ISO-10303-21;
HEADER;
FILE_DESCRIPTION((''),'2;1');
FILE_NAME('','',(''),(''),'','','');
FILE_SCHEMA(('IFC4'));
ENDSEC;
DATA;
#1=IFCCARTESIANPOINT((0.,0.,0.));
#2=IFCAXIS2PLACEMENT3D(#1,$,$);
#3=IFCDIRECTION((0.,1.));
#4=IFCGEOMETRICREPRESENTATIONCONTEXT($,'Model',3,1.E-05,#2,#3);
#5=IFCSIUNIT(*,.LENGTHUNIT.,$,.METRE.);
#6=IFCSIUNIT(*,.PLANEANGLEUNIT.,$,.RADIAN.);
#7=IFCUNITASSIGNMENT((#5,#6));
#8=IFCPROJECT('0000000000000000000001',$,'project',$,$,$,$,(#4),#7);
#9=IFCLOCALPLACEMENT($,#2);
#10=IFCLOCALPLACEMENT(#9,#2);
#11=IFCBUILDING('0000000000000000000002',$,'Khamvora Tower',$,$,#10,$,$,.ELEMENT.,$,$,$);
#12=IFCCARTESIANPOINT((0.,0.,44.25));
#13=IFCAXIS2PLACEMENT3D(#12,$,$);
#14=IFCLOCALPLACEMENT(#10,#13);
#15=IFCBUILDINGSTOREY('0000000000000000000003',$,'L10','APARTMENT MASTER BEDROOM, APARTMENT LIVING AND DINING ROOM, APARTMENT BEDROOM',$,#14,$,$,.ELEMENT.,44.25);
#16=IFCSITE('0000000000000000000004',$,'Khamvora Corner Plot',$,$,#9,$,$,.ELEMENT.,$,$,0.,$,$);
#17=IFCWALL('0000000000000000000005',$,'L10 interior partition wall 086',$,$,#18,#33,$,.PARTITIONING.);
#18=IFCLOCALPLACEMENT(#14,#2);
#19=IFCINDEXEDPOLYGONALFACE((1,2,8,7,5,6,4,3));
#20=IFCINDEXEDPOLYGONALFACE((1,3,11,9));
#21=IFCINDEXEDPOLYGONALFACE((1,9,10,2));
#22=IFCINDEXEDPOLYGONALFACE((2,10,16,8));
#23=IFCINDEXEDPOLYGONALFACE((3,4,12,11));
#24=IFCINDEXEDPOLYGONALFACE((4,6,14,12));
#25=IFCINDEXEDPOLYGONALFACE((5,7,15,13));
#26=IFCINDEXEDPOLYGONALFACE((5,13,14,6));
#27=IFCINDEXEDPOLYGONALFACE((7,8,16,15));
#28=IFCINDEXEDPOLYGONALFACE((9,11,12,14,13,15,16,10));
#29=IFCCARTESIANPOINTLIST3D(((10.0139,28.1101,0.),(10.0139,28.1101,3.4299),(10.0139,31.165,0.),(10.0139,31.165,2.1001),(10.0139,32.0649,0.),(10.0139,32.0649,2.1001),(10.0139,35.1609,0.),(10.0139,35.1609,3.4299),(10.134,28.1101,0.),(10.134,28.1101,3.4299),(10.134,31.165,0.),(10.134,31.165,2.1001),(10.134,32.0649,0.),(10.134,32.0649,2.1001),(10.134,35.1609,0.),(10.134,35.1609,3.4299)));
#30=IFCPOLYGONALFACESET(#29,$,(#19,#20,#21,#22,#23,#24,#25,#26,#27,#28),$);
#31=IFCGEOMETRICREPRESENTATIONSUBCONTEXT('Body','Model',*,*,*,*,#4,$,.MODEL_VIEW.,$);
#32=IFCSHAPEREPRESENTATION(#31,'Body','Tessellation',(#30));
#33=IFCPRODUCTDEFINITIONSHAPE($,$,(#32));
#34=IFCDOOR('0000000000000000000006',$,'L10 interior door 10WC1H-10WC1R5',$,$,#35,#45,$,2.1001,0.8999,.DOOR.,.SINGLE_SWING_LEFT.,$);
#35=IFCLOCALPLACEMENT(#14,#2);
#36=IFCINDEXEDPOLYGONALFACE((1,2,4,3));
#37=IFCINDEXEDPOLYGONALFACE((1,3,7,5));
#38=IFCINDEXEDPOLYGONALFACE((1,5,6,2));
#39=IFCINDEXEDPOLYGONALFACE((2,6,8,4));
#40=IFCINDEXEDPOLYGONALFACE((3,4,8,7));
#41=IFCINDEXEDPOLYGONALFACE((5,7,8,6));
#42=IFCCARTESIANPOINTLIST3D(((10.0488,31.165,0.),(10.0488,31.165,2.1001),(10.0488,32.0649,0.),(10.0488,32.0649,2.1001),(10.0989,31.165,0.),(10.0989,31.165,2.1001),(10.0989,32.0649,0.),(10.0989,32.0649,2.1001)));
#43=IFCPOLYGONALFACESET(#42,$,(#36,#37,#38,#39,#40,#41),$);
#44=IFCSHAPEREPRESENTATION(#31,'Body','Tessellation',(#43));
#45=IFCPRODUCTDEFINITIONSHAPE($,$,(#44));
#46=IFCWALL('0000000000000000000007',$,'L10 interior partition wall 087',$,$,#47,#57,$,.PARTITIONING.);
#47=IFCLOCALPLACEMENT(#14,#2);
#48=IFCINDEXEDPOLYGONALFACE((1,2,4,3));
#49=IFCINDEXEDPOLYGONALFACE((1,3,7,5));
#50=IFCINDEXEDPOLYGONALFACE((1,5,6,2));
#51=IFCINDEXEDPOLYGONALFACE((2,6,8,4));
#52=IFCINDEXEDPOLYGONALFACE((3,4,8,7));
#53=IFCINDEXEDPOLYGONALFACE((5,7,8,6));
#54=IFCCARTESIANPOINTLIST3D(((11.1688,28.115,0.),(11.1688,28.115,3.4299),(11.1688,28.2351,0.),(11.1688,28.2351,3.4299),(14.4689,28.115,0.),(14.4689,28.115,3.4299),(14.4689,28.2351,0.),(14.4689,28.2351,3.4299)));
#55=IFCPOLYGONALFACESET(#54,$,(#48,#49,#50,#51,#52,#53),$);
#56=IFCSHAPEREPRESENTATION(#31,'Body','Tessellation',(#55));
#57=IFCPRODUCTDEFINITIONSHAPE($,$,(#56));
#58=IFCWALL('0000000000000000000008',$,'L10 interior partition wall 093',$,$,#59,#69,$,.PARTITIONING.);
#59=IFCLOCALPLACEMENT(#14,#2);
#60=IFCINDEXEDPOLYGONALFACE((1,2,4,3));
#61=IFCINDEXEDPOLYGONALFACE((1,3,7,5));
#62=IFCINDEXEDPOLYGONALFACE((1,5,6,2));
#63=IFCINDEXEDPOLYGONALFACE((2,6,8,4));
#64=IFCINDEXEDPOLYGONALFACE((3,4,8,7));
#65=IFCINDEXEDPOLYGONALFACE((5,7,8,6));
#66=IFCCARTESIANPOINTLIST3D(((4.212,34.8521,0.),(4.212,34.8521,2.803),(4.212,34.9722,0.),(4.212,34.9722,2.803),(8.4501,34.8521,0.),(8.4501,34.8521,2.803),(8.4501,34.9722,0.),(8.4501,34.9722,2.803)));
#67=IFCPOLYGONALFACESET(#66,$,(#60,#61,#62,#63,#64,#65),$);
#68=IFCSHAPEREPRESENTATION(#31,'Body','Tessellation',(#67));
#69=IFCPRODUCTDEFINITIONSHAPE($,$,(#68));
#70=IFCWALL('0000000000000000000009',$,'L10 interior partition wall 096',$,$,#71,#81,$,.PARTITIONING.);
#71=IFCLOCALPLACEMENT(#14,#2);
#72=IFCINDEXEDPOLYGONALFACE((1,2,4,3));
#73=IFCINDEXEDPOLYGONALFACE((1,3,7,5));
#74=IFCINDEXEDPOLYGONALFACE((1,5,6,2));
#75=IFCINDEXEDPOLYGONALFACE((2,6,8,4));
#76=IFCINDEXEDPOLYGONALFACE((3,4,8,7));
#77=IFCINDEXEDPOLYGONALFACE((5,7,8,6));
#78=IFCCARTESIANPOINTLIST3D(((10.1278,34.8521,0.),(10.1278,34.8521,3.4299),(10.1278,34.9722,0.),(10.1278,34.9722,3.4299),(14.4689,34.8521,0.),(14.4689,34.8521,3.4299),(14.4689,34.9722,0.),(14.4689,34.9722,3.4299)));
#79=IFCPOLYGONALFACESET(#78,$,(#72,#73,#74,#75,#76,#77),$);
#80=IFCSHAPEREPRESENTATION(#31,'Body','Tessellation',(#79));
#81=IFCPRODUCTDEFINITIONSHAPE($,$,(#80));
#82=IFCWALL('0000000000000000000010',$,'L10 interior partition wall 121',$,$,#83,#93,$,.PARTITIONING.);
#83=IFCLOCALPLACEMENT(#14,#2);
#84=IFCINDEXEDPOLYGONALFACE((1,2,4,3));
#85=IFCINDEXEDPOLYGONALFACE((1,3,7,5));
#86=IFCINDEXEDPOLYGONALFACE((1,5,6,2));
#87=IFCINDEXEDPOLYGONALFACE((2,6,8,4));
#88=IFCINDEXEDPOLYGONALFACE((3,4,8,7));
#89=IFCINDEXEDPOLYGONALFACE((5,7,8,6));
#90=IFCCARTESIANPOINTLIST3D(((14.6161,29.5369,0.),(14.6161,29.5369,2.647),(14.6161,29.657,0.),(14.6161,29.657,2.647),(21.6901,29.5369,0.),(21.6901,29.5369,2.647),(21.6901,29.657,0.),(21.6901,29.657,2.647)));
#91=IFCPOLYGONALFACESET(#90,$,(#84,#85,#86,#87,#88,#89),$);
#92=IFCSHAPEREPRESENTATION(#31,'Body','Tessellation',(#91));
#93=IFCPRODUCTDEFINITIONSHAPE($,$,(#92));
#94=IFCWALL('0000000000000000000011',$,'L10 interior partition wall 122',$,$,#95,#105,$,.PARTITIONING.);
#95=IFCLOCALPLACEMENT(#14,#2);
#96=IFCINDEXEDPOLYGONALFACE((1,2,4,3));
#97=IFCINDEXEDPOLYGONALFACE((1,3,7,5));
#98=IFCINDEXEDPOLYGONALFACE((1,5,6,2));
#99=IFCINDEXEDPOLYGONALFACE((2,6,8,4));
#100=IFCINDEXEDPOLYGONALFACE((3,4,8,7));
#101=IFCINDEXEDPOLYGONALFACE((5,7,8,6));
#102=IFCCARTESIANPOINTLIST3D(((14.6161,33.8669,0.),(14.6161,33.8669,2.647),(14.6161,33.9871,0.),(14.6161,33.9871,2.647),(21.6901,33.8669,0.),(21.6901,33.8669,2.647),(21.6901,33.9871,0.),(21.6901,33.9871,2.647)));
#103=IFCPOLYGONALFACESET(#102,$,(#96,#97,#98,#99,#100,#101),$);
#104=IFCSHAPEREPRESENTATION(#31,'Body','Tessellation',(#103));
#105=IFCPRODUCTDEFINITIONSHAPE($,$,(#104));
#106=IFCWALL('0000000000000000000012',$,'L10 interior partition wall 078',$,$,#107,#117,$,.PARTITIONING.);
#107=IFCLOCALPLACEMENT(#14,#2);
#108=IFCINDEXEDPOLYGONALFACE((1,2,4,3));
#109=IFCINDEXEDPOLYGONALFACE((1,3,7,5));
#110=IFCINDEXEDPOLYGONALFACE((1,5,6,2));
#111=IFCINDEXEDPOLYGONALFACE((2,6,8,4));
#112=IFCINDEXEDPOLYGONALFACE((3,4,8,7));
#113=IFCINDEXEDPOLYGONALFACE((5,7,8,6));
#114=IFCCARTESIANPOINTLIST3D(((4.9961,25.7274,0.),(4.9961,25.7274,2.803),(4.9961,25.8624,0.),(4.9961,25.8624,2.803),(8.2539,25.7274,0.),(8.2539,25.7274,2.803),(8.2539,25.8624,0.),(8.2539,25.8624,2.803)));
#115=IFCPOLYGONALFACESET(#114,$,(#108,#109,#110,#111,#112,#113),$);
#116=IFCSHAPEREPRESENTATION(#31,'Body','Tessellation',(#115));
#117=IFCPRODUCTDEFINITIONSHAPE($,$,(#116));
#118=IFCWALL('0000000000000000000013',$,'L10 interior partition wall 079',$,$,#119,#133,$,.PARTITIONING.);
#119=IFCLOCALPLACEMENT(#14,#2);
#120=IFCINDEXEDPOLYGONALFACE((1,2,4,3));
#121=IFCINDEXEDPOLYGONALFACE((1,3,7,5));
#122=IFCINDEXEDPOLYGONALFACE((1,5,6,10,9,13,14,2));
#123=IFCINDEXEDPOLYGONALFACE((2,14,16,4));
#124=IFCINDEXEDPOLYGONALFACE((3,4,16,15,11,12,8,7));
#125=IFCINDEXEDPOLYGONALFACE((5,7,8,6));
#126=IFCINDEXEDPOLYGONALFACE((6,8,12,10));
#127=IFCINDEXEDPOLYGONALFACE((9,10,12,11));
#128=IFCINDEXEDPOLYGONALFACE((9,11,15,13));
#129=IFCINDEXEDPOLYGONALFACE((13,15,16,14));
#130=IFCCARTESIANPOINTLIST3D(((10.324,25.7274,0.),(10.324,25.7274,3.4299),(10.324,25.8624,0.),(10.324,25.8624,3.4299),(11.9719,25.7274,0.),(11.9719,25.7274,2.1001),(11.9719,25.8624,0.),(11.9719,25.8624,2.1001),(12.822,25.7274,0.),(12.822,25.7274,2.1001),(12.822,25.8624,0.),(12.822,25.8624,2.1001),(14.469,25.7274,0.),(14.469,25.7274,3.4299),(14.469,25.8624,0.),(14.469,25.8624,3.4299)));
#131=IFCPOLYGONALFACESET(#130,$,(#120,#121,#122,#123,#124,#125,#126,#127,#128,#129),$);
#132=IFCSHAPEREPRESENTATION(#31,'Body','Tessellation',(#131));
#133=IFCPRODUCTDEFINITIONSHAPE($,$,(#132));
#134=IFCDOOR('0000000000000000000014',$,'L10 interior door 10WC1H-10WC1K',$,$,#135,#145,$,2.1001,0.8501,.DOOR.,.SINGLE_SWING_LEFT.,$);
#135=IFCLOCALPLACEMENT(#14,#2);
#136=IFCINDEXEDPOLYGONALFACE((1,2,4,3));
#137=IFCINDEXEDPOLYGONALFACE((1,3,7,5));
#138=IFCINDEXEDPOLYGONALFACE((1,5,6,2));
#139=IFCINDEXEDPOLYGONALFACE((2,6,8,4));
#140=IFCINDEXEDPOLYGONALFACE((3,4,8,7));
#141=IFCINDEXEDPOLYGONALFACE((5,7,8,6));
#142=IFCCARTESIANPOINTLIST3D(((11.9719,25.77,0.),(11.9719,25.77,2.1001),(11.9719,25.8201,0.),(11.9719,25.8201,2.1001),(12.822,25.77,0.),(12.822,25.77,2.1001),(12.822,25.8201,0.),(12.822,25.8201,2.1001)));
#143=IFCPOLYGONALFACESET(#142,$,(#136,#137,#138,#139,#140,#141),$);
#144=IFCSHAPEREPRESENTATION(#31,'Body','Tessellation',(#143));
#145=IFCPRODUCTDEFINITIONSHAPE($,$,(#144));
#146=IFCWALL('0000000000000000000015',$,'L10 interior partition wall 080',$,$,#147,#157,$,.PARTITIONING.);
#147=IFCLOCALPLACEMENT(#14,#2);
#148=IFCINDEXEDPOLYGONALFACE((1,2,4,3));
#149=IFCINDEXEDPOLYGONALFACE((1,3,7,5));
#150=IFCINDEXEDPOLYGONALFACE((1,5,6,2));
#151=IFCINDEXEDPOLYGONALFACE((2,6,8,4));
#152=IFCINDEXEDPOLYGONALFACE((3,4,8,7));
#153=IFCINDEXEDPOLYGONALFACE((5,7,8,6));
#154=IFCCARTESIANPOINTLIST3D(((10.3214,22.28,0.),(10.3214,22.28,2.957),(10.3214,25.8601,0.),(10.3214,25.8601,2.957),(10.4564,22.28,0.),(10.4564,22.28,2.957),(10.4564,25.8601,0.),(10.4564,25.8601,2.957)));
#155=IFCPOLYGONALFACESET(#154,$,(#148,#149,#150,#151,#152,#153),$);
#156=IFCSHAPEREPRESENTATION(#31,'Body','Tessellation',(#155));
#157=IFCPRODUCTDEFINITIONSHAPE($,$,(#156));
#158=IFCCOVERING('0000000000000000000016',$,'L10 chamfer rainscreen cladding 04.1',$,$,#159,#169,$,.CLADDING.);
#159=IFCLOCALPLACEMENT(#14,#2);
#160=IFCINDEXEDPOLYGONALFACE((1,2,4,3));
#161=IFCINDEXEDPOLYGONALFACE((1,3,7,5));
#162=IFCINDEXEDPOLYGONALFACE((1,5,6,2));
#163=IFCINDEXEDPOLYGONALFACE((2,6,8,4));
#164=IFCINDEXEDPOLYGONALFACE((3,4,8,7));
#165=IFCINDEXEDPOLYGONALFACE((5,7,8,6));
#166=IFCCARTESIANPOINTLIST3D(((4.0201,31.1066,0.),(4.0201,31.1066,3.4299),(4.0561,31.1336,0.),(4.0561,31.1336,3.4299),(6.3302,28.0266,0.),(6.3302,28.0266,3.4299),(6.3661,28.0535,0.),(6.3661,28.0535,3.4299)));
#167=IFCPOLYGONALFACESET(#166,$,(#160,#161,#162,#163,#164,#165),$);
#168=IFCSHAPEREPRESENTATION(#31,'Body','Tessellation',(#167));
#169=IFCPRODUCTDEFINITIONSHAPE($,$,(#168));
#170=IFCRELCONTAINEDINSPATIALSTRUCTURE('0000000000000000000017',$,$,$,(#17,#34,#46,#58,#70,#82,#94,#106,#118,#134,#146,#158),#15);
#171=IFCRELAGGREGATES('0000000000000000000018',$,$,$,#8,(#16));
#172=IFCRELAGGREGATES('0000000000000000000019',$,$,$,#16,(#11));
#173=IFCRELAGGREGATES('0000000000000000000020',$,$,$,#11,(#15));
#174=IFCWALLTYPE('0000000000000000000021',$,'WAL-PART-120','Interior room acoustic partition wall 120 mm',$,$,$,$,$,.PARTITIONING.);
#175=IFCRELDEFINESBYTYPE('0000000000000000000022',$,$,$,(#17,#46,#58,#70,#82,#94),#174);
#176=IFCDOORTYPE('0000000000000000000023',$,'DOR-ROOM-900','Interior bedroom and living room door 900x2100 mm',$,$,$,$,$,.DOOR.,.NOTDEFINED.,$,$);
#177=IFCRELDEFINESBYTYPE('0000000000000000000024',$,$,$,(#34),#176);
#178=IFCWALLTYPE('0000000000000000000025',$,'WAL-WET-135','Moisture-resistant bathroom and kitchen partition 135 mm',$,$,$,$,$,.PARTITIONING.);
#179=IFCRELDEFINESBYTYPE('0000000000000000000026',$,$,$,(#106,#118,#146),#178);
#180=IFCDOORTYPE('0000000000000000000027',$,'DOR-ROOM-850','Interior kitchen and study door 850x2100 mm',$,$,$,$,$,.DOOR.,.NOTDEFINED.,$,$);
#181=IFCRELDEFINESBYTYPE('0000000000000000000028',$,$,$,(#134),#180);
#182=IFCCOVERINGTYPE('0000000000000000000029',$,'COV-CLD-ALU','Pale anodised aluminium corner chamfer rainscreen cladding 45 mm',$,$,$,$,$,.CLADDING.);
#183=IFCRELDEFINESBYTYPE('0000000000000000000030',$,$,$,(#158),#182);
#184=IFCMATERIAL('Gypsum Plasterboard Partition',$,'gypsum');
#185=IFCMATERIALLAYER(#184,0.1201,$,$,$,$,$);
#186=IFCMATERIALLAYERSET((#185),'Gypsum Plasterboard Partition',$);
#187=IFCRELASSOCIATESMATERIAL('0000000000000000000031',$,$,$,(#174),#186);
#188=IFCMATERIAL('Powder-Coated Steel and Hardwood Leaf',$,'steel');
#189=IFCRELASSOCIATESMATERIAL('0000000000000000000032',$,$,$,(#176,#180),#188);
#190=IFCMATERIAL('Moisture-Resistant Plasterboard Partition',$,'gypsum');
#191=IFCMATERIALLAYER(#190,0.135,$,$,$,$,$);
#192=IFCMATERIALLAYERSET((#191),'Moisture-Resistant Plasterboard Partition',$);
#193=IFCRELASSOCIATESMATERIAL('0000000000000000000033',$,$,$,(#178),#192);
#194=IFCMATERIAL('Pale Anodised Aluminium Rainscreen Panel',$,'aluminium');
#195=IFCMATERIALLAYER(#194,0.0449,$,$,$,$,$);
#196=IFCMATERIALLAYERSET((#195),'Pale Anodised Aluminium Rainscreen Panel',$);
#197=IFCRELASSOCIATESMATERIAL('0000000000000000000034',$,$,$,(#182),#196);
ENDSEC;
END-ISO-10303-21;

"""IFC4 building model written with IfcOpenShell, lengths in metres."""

from ifc_helpers import new_model, si_unit, direction, frame, frame_2d, origin, origin_2d, place, context, subcontext, project, spatial, rectangle, extrude, material, layer, layer_set, type_object, element, fill, save


model = new_model("IFC4")

# Units and contexts
model_context = context("Model", 3, precision=1e-05, world=origin(), true_north=direction((0.0, 1.0)))
body_context = subcontext(model_context, "Body", "Model", "MODEL_VIEW")
ifc_project = project(units=[si_unit("LENGTHUNIT", "METRE"), si_unit("PLANEANGLEUNIT", "RADIAN")], contexts=[model_context])

# Site, building, storey
site_placement = place(None, origin())
site = spatial("IfcSite", under=ifc_project, at=site_placement, Name="Khamvora Corner Plot", CompositionType="ELEMENT", RefElevation=0.0)
building_placement = place(site_placement, origin())
building = spatial("IfcBuilding", under=site, at=building_placement, Name="Khamvora Tower", CompositionType="ELEMENT")
storey_placement = place(building_placement, frame((0.0, 0.0, 44.25)))
storey = spatial("IfcBuildingStorey", under=building, at=storey_placement, Name="L10", Description="APARTMENT MASTER BEDROOM, APARTMENT LIVING AND DINING ROOM, APARTMENT BEDROOM", CompositionType="ELEMENT", Elevation=44.25)

# Shared definitions
ifc_material_1 = material(Name="Gypsum Plasterboard Partition", Category="gypsum")
ifc_layer_1 = layer(ifc_material_1, 0.1201)
ifc_layer_set_1 = layer_set([ifc_layer_1], Name="Gypsum Plasterboard Partition")
wall_type_1 = type_object("IfcWallType", Name="WAL-PART-120", Description="Interior room acoustic partition wall 120 mm", PredefinedType="PARTITIONING", material=ifc_layer_set_1)
ifc_material_2 = material(Name="Powder-Coated Steel and Hardwood Leaf", Category="steel")
door_type_1 = type_object("IfcDoorType", Name="DOR-ROOM-900", Description="Interior bedroom and living room door 900x2100 mm", OperationType="NOTDEFINED", PredefinedType="DOOR", material=ifc_material_2)

# Wall, opening, door
wall_1_placement = place(storey_placement, frame((10.074, 35.1609, 0.0), z_axis=(0.0, 0.0, 1.0), x_axis=(0.0, -1.0, 0.0)))
wall_1 = element("IfcWall", 1, at=wall_1_placement, inside=storey, type_object=wall_type_1, Name="L10 interior partition wall 086", PredefinedType="PARTITIONING", context=body_context, shape_type="SweptSolid", body=[
    extrude(rectangle(XDim=7.0508, YDim=0.1201, at=frame_2d((3.5254, 0.0))), origin(), (0.0, 0.0, 1.0), 3.4299),
])
opening_1_placement = place(wall_1_placement, frame((3.0959, 0.0, 0.0)))
opening_1 = element("IfcOpeningElement", 2, at=opening_1_placement, cuts=wall_1, PredefinedType="OPENING", context=body_context, shape_type="SweptSolid", body=[
    extrude(rectangle(XDim=0.8999, YDim=2.1001, at=frame_2d((0.45, 1.05))), frame((0.0, 0.0701, 0.0), z_axis=(0.0, -1.0, 0.0), x_axis=(1.0, 0.0, 0.0)), (0.0, 0.0, 1.0), 0.1401),
])
door_1_placement = place(opening_1_placement, origin())
door_1 = element("IfcDoor", 3, at=door_1_placement, inside=storey, type_object=door_type_1, Name="L10 interior door 10WC1H-10WC1R5", OperationType="SINGLE_SWING_LEFT", OverallHeight=2.1001, OverallWidth=0.8999, PredefinedType="DOOR", context=body_context, shape_type="SweptSolid", body=[
    extrude(rectangle(XDim=0.8999, YDim=2.1001, at=frame_2d((0.45, 1.05))), frame((0.0, 0.0249, 0.0), z_axis=(0.0, -1.0, 0.0), x_axis=(1.0, 0.0, 0.0)), (0.0, 0.0, 1.0), 0.05),
])
fill(opening_1, door_1)

# Walls
wall_2_placement = place(storey_placement, frame((11.1689, 28.175, 0.0), z_axis=(0.0, 0.0, 1.0), x_axis=(1.0, 0.0, 0.0)))
element("IfcWall", 4, at=wall_2_placement, inside=storey, type_object=wall_type_1, Name="L10 interior partition wall 087", PredefinedType="PARTITIONING", context=body_context, shape_type="SweptSolid", body=[
    extrude(rectangle(XDim=3.3, YDim=0.1201, at=frame_2d((1.6499, 0.0))), origin(), (0.0, 0.0, 1.0), 3.4299),
])
wall_3_placement = place(storey_placement, frame((4.2119, 34.9121, 0.0), z_axis=(0.0, 0.0, 1.0), x_axis=(1.0, 0.0, 0.0)))
element("IfcWall", 5, at=wall_3_placement, inside=storey, type_object=wall_type_1, Name="L10 interior partition wall 093", PredefinedType="PARTITIONING", context=body_context, shape_type="SweptSolid", body=[
    extrude(rectangle(XDim=4.238, YDim=0.1201, at=frame_2d((2.1191, 0.0))), origin(), (0.0, 0.0, 1.0), 2.803),
])
wall_4_placement = place(storey_placement, frame((10.1279, 34.9121, 0.0), z_axis=(0.0, 0.0, 1.0), x_axis=(1.0, 0.0, 0.0)))
element("IfcWall", 6, at=wall_4_placement, inside=storey, type_object=wall_type_1, Name="L10 interior partition wall 096", PredefinedType="PARTITIONING", context=body_context, shape_type="SweptSolid", body=[
    extrude(rectangle(XDim=4.3411, YDim=0.1201, at=frame_2d((2.1704, 0.0))), origin(), (0.0, 0.0, 1.0), 3.4299),
])
for number, where, z_axis, x_axis, name in (
    (7, (14.616, 29.5969, 0.0), (0.0, 0.0, 1.0), (1.0, 0.0, 0.0), "L10 interior partition wall 121"),
    (8, (14.616, 33.927, 0.0), (0.0, 0.0, 1.0), (1.0, 0.0, 0.0), "L10 interior partition wall 122"),
):
    element("IfcWall", number, at=place(storey_placement, frame(where, z_axis=z_axis, x_axis=x_axis)), inside=storey, type_object=wall_type_1, Name=name, PredefinedType="PARTITIONING", context=body_context, shape_type="SweptSolid", body=[
        extrude(rectangle(XDim=7.074, YDim=0.1201, at=frame_2d((3.5371, 0.0))), origin(), (0.0, 0.0, 1.0), 2.647),
    ])
ifc_material_3 = material(Name="Moisture-Resistant Plasterboard Partition", Category="gypsum")
ifc_layer_2 = layer(ifc_material_3, 0.135)
ifc_layer_set_2 = layer_set([ifc_layer_2], Name="Moisture-Resistant Plasterboard Partition")
wall_type_2 = type_object("IfcWallType", Name="WAL-WET-135", Description="Moisture-resistant bathroom and kitchen partition 135 mm", PredefinedType="PARTITIONING", material=ifc_layer_set_2)
wall_5_placement = place(storey_placement, frame((8.2539, 25.7949, 0.0), z_axis=(0.0, 0.0, 1.0), x_axis=(-1.0, 0.0, 0.0)))
element("IfcWall", 9, at=wall_5_placement, inside=storey, type_object=wall_type_2, Name="L10 interior partition wall 078", PredefinedType="PARTITIONING", context=body_context, shape_type="SweptSolid", body=[
    extrude(rectangle(XDim=3.2578, YDim=0.135, at=frame_2d((1.6289, 0.0))), origin(), (0.0, 0.0, 1.0), 2.803),
])

# Wall, opening, door
wall_6_placement = place(storey_placement, frame((14.469, 25.7949, 0.0), z_axis=(0.0, 0.0, 1.0), x_axis=(-1.0, 0.0, 0.0)))
wall_6 = element("IfcWall", 10, at=wall_6_placement, inside=storey, type_object=wall_type_2, Name="L10 interior partition wall 079", PredefinedType="PARTITIONING", context=body_context, shape_type="SweptSolid", body=[
    extrude(rectangle(XDim=4.145, YDim=0.135, at=frame_2d((2.0725, 0.0))), origin(), (0.0, 0.0, 1.0), 3.4299),
])
opening_2_placement = place(wall_6_placement, frame((1.647, 0.0, 0.0)))
opening_2 = element("IfcOpeningElement", 11, at=opening_2_placement, cuts=wall_6, PredefinedType="OPENING", context=body_context, shape_type="SweptSolid", body=[
    extrude(rectangle(XDim=0.8501, YDim=2.1001, at=frame_2d((0.425, 1.05))), frame((0.0, 0.0774, 0.0), z_axis=(0.0, -1.0, 0.0), x_axis=(1.0, 0.0, 0.0)), (0.0, 0.0, 1.0), 0.155),
])
door_type_2 = type_object("IfcDoorType", Name="DOR-ROOM-850", Description="Interior kitchen and study door 850x2100 mm", OperationType="NOTDEFINED", PredefinedType="DOOR", material=ifc_material_2)
door_2_placement = place(opening_2_placement, origin())
door_2 = element("IfcDoor", 12, at=door_2_placement, inside=storey, type_object=door_type_2, Name="L10 interior door 10WC1H-10WC1K", OperationType="SINGLE_SWING_LEFT", OverallHeight=2.1001, OverallWidth=0.8501, PredefinedType="DOOR", context=body_context, shape_type="SweptSolid", body=[
    extrude(rectangle(XDim=0.8501, YDim=2.1001, at=frame_2d((0.425, 1.05))), frame((0.0, 0.0249, 0.0), z_axis=(0.0, -1.0, 0.0), x_axis=(1.0, 0.0, 0.0)), (0.0, 0.0, 1.0), 0.05),
])
fill(opening_2, door_2)

# Wall
wall_7_placement = place(storey_placement, frame((10.3889, 25.8601, 0.0), z_axis=(0.0, 0.0, 1.0), x_axis=(0.0, -1.0, 0.0)))
element("IfcWall", 13, at=wall_7_placement, inside=storey, type_object=wall_type_2, Name="L10 interior partition wall 080", PredefinedType="PARTITIONING", context=body_context, shape_type="SweptSolid", body=[
    extrude(rectangle(XDim=3.5801, YDim=0.135, at=frame_2d((1.79, 0.0))), origin(), (0.0, 0.0, 1.0), 2.957),
])

# Covering
ifc_material_4 = material(Name="Pale Anodised Aluminium Rainscreen Panel", Category="aluminium")
ifc_layer_3 = layer(ifc_material_4, 0.0449)
ifc_layer_set_3 = layer_set([ifc_layer_3], Name="Pale Anodised Aluminium Rainscreen Panel")
covering_type = type_object("IfcCoveringType", Name="COV-CLD-ALU", Description="Pale anodised aluminium corner chamfer rainscreen cladding 45 mm", PredefinedType="CLADDING", material=ifc_layer_set_3)
covering_placement = place(storey_placement, frame((5.1931, 29.5801, 0.0), z_axis=(0.0, 0.0, 1.0), x_axis=(-0.6, 0.8, 0.0)))
element("IfcCovering", 14, at=covering_placement, inside=storey, type_object=covering_type, Name="L10 chamfer rainscreen cladding 04.1", PredefinedType="CLADDING", context=body_context, shape_type="SweptSolid", body=[
    extrude(rectangle(XDim=3.8501, YDim=0.0449, at=origin_2d()), origin(), (0.0, 0.0, 1.0), 3.4299),
])

save(model, "model.ifc")
